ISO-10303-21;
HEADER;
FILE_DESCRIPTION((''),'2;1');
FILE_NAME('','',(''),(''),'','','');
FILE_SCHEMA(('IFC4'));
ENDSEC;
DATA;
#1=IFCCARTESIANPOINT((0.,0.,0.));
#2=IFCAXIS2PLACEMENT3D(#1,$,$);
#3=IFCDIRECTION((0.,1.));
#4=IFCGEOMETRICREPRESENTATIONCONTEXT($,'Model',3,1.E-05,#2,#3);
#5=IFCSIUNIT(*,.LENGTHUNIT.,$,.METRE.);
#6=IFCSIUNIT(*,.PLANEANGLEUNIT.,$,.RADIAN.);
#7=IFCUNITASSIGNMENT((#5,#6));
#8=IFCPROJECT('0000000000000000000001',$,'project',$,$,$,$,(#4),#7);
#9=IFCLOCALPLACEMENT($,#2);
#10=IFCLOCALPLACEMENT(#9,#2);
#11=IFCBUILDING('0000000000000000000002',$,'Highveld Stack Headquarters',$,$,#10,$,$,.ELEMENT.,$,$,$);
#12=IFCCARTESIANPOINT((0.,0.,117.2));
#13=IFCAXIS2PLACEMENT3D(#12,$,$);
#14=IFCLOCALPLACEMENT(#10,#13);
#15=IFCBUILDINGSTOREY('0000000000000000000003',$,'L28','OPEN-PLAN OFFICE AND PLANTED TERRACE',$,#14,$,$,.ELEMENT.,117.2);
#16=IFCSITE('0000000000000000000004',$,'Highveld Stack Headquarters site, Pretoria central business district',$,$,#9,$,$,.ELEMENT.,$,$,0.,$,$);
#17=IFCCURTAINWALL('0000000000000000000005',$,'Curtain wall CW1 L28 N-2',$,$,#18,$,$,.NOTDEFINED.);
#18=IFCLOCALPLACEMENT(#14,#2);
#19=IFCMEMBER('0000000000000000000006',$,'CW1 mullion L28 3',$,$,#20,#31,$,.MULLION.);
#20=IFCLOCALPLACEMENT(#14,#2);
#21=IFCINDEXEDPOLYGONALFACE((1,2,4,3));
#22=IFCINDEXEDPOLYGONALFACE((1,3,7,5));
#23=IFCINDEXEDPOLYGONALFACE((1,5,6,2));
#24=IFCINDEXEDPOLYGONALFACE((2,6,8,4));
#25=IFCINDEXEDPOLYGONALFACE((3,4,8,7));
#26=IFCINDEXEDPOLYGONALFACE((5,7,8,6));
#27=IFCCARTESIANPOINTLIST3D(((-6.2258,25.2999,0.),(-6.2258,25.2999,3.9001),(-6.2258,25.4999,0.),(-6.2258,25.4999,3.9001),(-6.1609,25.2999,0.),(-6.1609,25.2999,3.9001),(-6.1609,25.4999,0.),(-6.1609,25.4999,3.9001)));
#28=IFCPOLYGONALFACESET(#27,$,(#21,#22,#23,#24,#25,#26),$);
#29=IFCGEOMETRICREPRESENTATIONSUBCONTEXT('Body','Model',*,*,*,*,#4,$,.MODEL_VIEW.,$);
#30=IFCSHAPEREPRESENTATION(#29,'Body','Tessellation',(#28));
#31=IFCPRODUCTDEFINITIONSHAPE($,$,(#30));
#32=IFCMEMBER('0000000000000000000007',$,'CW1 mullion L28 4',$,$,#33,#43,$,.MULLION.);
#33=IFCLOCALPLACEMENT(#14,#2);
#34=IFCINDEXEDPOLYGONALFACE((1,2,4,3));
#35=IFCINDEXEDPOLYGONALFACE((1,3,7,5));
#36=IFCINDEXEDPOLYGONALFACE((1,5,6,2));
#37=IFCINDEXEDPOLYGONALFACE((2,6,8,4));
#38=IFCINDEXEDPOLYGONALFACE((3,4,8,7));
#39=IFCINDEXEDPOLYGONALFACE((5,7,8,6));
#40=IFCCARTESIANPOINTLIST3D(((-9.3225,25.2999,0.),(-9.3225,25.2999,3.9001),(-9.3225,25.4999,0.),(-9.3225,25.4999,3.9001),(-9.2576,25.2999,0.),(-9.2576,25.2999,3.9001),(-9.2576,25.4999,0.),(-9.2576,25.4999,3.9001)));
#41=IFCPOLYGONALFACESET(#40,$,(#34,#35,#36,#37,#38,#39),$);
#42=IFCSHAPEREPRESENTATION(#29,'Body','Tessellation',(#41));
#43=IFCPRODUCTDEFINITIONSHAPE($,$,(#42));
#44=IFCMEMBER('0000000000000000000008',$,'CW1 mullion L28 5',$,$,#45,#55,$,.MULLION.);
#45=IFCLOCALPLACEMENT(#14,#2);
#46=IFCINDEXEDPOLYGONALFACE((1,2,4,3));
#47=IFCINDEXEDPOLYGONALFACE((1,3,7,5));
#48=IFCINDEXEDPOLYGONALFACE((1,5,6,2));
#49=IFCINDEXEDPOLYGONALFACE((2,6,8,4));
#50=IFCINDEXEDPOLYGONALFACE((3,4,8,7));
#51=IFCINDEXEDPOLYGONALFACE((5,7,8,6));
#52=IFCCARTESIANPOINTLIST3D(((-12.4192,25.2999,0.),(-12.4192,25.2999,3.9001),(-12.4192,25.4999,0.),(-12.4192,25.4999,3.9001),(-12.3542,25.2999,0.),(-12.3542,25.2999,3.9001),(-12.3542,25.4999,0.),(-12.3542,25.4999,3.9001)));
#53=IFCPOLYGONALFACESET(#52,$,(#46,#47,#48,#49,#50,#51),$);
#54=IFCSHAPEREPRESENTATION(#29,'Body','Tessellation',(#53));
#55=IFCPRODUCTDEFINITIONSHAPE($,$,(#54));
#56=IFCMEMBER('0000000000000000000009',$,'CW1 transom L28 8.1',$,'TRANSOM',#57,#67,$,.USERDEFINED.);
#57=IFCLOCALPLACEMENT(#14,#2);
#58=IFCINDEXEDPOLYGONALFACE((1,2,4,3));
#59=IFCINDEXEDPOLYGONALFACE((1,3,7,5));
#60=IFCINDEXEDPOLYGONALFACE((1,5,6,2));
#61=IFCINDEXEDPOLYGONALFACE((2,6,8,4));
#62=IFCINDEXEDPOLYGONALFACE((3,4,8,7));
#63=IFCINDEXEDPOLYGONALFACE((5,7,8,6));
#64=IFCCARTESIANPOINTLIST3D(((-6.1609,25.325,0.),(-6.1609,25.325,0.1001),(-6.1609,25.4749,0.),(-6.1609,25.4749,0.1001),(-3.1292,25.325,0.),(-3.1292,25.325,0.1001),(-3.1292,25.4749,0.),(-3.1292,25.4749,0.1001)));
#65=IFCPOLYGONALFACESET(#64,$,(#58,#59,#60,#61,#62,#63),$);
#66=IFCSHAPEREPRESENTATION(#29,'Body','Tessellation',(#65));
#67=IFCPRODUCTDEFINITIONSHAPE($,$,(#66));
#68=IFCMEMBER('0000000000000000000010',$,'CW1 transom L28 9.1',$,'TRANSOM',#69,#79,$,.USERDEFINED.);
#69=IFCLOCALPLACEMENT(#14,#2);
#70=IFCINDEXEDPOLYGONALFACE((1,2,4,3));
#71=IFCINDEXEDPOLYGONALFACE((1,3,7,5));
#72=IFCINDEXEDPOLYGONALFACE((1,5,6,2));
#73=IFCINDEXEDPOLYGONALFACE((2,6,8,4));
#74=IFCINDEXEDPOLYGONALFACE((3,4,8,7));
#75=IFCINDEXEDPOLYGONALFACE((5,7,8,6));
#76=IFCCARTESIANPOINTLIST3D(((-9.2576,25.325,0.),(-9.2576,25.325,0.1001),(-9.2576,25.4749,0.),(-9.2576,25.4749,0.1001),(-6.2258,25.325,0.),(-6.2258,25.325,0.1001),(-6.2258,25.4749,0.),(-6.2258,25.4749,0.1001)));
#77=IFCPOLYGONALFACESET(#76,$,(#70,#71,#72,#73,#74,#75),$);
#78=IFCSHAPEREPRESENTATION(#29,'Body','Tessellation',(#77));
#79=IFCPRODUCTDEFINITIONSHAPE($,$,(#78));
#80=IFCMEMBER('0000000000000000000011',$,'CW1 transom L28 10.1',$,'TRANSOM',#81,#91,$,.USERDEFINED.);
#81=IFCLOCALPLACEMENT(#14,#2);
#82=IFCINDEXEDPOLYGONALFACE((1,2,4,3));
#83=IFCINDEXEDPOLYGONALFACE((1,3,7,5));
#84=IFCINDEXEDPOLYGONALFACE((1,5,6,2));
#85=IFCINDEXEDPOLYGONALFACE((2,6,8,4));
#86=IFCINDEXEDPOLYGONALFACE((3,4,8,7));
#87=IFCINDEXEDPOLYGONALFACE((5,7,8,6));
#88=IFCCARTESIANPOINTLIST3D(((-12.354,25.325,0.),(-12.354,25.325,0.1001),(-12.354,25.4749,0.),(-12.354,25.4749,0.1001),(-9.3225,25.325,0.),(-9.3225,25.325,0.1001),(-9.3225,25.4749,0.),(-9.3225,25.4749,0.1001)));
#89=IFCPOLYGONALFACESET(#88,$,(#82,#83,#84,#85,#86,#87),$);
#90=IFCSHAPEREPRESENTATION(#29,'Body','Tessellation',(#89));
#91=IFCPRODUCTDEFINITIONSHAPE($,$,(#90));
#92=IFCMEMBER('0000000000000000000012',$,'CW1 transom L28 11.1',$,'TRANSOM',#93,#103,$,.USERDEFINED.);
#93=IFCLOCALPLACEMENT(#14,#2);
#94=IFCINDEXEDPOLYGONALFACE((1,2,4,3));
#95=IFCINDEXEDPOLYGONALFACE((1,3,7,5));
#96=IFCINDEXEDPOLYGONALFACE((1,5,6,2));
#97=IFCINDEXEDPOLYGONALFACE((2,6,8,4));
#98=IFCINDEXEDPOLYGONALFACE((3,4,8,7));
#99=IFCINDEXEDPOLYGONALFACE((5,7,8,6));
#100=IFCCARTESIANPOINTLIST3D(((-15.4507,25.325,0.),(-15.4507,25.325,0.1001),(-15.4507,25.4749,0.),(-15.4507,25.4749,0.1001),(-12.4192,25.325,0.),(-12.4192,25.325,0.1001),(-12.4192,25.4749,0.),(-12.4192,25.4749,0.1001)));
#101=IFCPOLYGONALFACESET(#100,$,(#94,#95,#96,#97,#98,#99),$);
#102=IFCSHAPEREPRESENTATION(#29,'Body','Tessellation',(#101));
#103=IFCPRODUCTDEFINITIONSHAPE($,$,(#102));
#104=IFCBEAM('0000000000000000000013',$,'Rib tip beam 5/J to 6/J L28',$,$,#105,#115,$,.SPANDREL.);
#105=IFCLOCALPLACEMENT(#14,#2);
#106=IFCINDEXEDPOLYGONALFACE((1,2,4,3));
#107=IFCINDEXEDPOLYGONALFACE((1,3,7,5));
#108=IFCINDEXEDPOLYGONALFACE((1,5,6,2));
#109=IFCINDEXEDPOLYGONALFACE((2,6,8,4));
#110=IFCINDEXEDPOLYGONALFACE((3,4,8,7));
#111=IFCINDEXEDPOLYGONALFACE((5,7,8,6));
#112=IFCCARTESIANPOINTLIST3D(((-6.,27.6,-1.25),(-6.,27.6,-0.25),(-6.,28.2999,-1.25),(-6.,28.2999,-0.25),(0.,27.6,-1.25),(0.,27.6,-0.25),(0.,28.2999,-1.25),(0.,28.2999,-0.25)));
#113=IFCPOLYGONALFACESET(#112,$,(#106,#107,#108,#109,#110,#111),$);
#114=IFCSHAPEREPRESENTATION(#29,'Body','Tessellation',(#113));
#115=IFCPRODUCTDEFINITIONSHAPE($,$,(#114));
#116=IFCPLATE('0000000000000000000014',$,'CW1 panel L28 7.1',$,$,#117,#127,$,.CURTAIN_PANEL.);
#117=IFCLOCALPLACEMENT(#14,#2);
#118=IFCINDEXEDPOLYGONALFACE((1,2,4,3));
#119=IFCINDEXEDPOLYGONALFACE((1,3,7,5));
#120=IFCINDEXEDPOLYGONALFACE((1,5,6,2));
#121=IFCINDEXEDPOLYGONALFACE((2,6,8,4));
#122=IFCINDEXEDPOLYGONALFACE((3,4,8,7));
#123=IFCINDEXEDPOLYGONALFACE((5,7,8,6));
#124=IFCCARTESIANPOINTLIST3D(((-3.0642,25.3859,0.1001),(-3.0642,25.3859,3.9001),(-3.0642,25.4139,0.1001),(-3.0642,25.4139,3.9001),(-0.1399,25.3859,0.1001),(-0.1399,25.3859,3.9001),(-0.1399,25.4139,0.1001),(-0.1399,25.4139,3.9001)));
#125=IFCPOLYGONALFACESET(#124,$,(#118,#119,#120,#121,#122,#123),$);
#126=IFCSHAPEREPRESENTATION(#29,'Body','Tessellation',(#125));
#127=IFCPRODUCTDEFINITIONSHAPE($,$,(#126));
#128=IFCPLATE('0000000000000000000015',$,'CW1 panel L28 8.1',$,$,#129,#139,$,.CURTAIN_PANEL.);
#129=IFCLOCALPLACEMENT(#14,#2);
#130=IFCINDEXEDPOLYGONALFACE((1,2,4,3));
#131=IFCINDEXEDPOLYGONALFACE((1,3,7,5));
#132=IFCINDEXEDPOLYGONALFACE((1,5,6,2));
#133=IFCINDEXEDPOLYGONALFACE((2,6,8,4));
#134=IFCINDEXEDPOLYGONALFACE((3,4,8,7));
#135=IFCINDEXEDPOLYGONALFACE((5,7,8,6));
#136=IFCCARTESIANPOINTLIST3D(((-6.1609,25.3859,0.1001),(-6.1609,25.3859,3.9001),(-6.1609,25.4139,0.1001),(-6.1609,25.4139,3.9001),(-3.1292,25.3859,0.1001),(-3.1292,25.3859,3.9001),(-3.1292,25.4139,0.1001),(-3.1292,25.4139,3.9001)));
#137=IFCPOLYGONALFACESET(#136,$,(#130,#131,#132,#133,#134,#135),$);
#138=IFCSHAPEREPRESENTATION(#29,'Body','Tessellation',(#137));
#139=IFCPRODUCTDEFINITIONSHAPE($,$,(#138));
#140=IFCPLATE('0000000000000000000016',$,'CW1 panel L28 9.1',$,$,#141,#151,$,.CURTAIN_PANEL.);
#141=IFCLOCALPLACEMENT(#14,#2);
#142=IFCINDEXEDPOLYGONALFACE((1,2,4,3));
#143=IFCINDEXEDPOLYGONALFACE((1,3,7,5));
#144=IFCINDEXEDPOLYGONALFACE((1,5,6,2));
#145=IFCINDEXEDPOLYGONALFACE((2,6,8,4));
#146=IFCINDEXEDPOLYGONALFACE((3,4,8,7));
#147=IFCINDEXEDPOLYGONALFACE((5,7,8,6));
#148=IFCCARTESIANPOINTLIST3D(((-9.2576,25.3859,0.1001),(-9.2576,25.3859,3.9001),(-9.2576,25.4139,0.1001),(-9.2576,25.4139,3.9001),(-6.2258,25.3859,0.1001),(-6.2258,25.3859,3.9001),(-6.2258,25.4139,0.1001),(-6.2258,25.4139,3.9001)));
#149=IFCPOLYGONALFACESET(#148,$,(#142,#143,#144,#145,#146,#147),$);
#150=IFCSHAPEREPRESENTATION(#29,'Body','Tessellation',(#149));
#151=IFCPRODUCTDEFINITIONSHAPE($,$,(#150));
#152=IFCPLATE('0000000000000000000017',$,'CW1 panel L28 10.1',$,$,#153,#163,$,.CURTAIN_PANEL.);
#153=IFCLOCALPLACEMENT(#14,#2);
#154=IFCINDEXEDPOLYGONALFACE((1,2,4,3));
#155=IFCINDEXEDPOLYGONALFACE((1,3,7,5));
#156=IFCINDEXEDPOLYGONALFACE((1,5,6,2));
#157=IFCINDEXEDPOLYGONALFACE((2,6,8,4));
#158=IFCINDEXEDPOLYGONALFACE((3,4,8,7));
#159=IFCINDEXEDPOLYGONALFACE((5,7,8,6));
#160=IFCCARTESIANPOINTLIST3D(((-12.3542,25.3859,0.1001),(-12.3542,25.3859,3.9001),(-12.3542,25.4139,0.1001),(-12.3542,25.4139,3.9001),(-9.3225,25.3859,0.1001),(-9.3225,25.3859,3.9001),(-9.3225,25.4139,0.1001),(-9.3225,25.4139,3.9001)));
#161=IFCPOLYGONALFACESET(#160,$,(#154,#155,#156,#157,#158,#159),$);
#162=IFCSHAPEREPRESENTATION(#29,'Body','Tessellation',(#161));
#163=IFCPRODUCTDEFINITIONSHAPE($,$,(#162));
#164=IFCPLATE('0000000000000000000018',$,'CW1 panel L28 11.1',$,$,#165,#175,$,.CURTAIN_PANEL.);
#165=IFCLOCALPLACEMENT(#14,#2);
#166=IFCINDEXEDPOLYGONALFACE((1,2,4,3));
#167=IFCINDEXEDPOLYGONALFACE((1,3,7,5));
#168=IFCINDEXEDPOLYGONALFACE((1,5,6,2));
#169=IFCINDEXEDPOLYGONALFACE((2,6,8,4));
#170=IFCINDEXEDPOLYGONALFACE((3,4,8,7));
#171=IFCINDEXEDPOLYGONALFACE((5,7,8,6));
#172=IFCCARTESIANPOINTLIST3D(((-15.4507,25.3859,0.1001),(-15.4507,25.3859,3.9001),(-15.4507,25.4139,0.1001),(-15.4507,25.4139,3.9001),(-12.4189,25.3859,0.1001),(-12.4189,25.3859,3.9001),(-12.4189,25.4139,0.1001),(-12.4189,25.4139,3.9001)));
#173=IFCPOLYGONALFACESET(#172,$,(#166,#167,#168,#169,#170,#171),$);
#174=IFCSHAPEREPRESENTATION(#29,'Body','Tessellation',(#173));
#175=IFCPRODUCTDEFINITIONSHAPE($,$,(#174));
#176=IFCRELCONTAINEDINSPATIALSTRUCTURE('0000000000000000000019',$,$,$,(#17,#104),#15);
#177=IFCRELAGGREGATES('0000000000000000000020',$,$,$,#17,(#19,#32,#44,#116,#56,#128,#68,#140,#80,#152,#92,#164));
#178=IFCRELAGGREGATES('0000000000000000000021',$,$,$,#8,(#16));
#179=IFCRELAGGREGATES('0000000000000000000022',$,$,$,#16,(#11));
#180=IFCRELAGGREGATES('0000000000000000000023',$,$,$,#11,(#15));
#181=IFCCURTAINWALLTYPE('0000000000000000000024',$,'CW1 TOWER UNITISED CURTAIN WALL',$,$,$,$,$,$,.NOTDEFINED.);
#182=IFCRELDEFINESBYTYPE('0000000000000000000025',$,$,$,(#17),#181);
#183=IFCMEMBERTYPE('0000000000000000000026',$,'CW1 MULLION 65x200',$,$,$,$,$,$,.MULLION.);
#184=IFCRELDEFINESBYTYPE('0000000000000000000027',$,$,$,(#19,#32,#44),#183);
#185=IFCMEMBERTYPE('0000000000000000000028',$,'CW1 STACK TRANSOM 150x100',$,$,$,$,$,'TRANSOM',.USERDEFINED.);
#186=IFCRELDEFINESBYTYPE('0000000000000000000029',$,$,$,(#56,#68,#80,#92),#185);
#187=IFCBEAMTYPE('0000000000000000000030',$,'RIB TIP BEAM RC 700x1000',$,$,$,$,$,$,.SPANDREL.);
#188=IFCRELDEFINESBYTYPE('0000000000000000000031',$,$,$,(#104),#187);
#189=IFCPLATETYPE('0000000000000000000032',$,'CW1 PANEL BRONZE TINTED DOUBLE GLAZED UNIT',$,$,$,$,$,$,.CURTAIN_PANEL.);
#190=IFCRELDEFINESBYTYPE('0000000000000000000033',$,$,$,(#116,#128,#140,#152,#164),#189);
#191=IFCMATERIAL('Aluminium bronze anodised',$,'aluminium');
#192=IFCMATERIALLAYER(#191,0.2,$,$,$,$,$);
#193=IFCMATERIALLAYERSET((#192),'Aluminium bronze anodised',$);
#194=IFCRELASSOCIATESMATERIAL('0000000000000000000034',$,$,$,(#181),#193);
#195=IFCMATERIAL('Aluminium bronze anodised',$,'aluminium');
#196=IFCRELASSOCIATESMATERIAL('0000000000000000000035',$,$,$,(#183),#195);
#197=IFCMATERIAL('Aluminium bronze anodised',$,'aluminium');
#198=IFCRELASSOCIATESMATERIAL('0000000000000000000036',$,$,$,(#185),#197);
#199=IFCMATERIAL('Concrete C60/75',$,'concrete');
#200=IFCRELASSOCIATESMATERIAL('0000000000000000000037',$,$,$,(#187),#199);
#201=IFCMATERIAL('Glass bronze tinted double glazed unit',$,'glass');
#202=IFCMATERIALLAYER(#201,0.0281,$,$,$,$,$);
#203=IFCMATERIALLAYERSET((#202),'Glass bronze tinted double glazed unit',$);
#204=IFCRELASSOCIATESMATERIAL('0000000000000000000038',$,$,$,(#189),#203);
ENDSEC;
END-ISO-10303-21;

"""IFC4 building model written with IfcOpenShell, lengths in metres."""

from ifc_helpers import new_model, si_unit, direction, frame, origin, origin_2d, place, context, subcontext, project, spatial, rectangle, extrude, material, layer, layer_set, material_profile, profile_set, type_object, element, aggregate, save


model = new_model("IFC4")

# Units and contexts
model_context = context("Model", 3, precision=1e-05, world=origin(), true_north=direction((0.0, 1.0)))
body_context = subcontext(model_context, "Body", "Model", "MODEL_VIEW")
ifc_project = project(units=[si_unit("LENGTHUNIT", "METRE"), si_unit("PLANEANGLEUNIT", "RADIAN")], contexts=[model_context])

# Site, building, storey
site_placement = place(None, origin())
site = spatial("IfcSite", under=ifc_project, at=site_placement, Name="Highveld Stack Headquarters site, Pretoria central business district", CompositionType="ELEMENT", RefElevation=0.0)
building_placement = place(site_placement, origin())
building = spatial("IfcBuilding", under=site, at=building_placement, Name="Highveld Stack Headquarters", CompositionType="ELEMENT")
storey_placement = place(building_placement, frame((0.0, 0.0, 117.2)))
storey = spatial("IfcBuildingStorey", under=building, at=storey_placement, Name="L28", Description="OPEN-PLAN OFFICE AND PLANTED TERRACE", CompositionType="ELEMENT", Elevation=117.2)

# Curtain wall, members
ifc_material_1 = material(Name="Aluminium bronze anodised", Category="aluminium")
ifc_layer_1 = layer(ifc_material_1, 0.2)
ifc_layer_set_1 = layer_set([ifc_layer_1], Name="Aluminium bronze anodised")
curtain_wall_type = type_object("IfcCurtainWallType", Name="CW1 TOWER UNITISED CURTAIN WALL", PredefinedType="NOTDEFINED", material=ifc_layer_set_1)
curtain_wall_placement = place(storey_placement, origin())
curtain_wall = element("IfcCurtainWall", 1, at=curtain_wall_placement, inside=storey, type_object=curtain_wall_type, Name="Curtain wall CW1 L28 N-2", PredefinedType="NOTDEFINED")
ifc_material_2 = material(Name="Aluminium bronze anodised", Category="aluminium")
ifc_material_profile_1 = material_profile(ifc_material_2, rectangle(XDim=0.2, YDim=0.0649, at=origin_2d()), Name="CW1 MULLION 65x200")
ifc_profile_set_1 = profile_set([ifc_material_profile_1], Name="Aluminium bronze anodised")
member_type_1 = type_object("IfcMemberType", Name="CW1 MULLION 65x200", PredefinedType="MULLION", material=ifc_profile_set_1)
member_1_placement = place(storey_placement, frame((-6.1934, 25.3999, 0.0), z_axis=(0.0, 0.0, 1.0), x_axis=(0.0, -1.0, 0.0)))
member_1 = element("IfcMember", 2, at=member_1_placement, type_object=member_type_1, Name="CW1 mullion L28 3", PredefinedType="MULLION", context=body_context, shape_type="SweptSolid", body=[
    extrude(rectangle(XDim=0.2, YDim=0.0649, at=origin_2d()), origin(), (0.0, 0.0, 1.0), 3.9001),
])
member_2_placement = place(storey_placement, frame((-9.29, 25.3999, 0.0), z_axis=(0.0, 0.0, 1.0), x_axis=(0.0, -1.0, 0.0)))
member_2 = element("IfcMember", 3, at=member_2_placement, type_object=member_type_1, Name="CW1 mullion L28 4", PredefinedType="MULLION", context=body_context, shape_type="SweptSolid", body=[
    extrude(rectangle(XDim=0.2, YDim=0.0649, at=origin_2d()), origin(), (0.0, 0.0, 1.0), 3.9001),
])
member_3_placement = place(storey_placement, frame((-12.3867, 25.3999, 0.0), z_axis=(0.0, 0.0, 1.0), x_axis=(0.0, -1.0, 0.0)))
member_3 = element("IfcMember", 4, at=member_3_placement, type_object=member_type_1, Name="CW1 mullion L28 5", PredefinedType="MULLION", context=body_context, shape_type="SweptSolid", body=[
    extrude(rectangle(XDim=0.2, YDim=0.0649, at=origin_2d()), origin(), (0.0, 0.0, 1.0), 3.9001),
])
ifc_material_3 = material(Name="Aluminium bronze anodised", Category="aluminium")
ifc_material_profile_2 = material_profile(ifc_material_3, rectangle(XDim=0.1499, YDim=0.1001, at=origin_2d()), Name="CW1 TRANSOM 150x100")
ifc_profile_set_2 = profile_set([ifc_material_profile_2], Name="Aluminium bronze anodised")
member_type_2 = type_object("IfcMemberType", Name="CW1 STACK TRANSOM 150x100", ElementType="TRANSOM", PredefinedType="USERDEFINED", material=ifc_profile_set_2)
member_4_placement = place(storey_placement, frame((-3.1292, 25.3999, 0.05), z_axis=(-1.0, 0.0, 0.0), x_axis=(0.0, -1.0, 0.0)))
member_4 = element("IfcMember", 5, at=member_4_placement, type_object=member_type_2, Name="CW1 transom L28 8.1", ObjectType="TRANSOM", PredefinedType="USERDEFINED", context=body_context, shape_type="SweptSolid", body=[
    extrude(rectangle(XDim=0.1499, YDim=0.1001, at=origin_2d()), origin(), (0.0, 0.0, 1.0), 3.0317),
])
member_5_placement = place(storey_placement, frame((-6.2258, 25.3999, 0.05), z_axis=(-1.0, 0.0, 0.0), x_axis=(0.0, -1.0, 0.0)))
member_5 = element("IfcMember", 6, at=member_5_placement, type_object=member_type_2, Name="CW1 transom L28 9.1", ObjectType="TRANSOM", PredefinedType="USERDEFINED", context=body_context, shape_type="SweptSolid", body=[
    extrude(rectangle(XDim=0.1499, YDim=0.1001, at=origin_2d()), origin(), (0.0, 0.0, 1.0), 3.0317),
])
member_6_placement = place(storey_placement, frame((-9.3225, 25.3999, 0.05), z_axis=(-1.0, 0.0, 0.0), x_axis=(0.0, -1.0, 0.0)))
member_6 = element("IfcMember", 7, at=member_6_placement, type_object=member_type_2, Name="CW1 transom L28 10.1", ObjectType="TRANSOM", PredefinedType="USERDEFINED", context=body_context, shape_type="SweptSolid", body=[
    extrude(rectangle(XDim=0.1499, YDim=0.1001, at=origin_2d()), origin(), (0.0, 0.0, 1.0), 3.0315),
])
member_7_placement = place(storey_placement, frame((-12.4192, 25.3999, 0.05), z_axis=(-1.0, 0.0, 0.0), x_axis=(0.0, -1.0, 0.0)))
member_7 = element("IfcMember", 8, at=member_7_placement, type_object=member_type_2, Name="CW1 transom L28 11.1", ObjectType="TRANSOM", PredefinedType="USERDEFINED", context=body_context, shape_type="SweptSolid", body=[
    extrude(rectangle(XDim=0.1499, YDim=0.1001, at=origin_2d()), origin(), (0.0, 0.0, 1.0), 3.0315),
])

# Beam
ifc_material_4 = material(Name="Concrete C60/75", Category="concrete")
ifc_material_profile_3 = material_profile(ifc_material_4, rectangle(XDim=0.7, YDim=1.0, at=origin_2d()), Name="RC 700x1000")
ifc_profile_set_3 = profile_set([ifc_material_profile_3], Name="Concrete C60/75")
beam_type_1 = type_object("IfcBeamType", Name="RIB TIP BEAM RC 700x1000", PredefinedType="SPANDREL", material=ifc_profile_set_3)
beam_1_placement = place(storey_placement, frame((-6.0, 27.95, -0.75), z_axis=(1.0, 0.0, 0.0), x_axis=(0.0, 1.0, 0.0)))
element("IfcBeam", 9, at=beam_1_placement, inside=storey, type_object=beam_type_1, Name="Rib tip beam 5/J to 6/J L28", PredefinedType="SPANDREL", context=body_context, shape_type="SweptSolid", body=[
    extrude(rectangle(XDim=0.7, YDim=1.0, at=origin_2d()), origin(), (0.0, 0.0, 1.0), 6.0),
])

# Plates
ifc_material_5 = material(Name="Glass bronze tinted double glazed unit", Category="glass")
ifc_layer_2 = layer(ifc_material_5, 0.0281)
ifc_layer_set_2 = layer_set([ifc_layer_2], Name="Glass bronze tinted double glazed unit")
plate_type = type_object("IfcPlateType", Name="CW1 PANEL BRONZE TINTED DOUBLE GLAZED UNIT", PredefinedType="CURTAIN_PANEL", material=ifc_layer_set_2)
plate_1_placement = place(storey_placement, frame((-1.6021, 25.3999, 0.1001), z_axis=(0.0, 0.0, 1.0), x_axis=(-1.0, 0.0, 0.0)))
plate_1 = element("IfcPlate", 10, at=plate_1_placement, type_object=plate_type, Name="CW1 panel L28 7.1", PredefinedType="CURTAIN_PANEL", context=body_context, shape_type="SweptSolid", body=[
    extrude(rectangle(XDim=2.9243, YDim=0.0281, at=origin_2d()), origin(), (0.0, 0.0, 1.0), 3.8),
])
plate_2_placement = place(storey_placement, frame((-4.645, 25.3999, 0.1001), z_axis=(0.0, 0.0, 1.0), x_axis=(-1.0, 0.0, 0.0)))
plate_2 = element("IfcPlate", 11, at=plate_2_placement, type_object=plate_type, Name="CW1 panel L28 8.1", PredefinedType="CURTAIN_PANEL", context=body_context, shape_type="SweptSolid", body=[
    extrude(rectangle(XDim=3.0317, YDim=0.0281, at=origin_2d()), origin(), (0.0, 0.0, 1.0), 3.8),
])
plate_3_placement = place(storey_placement, frame((-7.7417, 25.3999, 0.1001), z_axis=(0.0, 0.0, 1.0), x_axis=(-1.0, 0.0, 0.0)))
plate_3 = element("IfcPlate", 12, at=plate_3_placement, type_object=plate_type, Name="CW1 panel L28 9.1", PredefinedType="CURTAIN_PANEL", context=body_context, shape_type="SweptSolid", body=[
    extrude(rectangle(XDim=3.0317, YDim=0.0281, at=origin_2d()), origin(), (0.0, 0.0, 1.0), 3.8),
])
plate_4_placement = place(storey_placement, frame((-10.8384, 25.3999, 0.1001), z_axis=(0.0, 0.0, 1.0), x_axis=(-1.0, 0.0, 0.0)))
plate_4 = element("IfcPlate", 13, at=plate_4_placement, type_object=plate_type, Name="CW1 panel L28 10.1", PredefinedType="CURTAIN_PANEL", context=body_context, shape_type="SweptSolid", body=[
    extrude(rectangle(XDim=3.0317, YDim=0.0281, at=origin_2d()), origin(), (0.0, 0.0, 1.0), 3.8),
])
plate_5_placement = place(storey_placement, frame((-13.9348, 25.3999, 0.1001), z_axis=(0.0, 0.0, 1.0), x_axis=(-1.0, 0.0, 0.0)))
plate_5 = element("IfcPlate", 14, at=plate_5_placement, type_object=plate_type, Name="CW1 panel L28 11.1", PredefinedType="CURTAIN_PANEL", context=body_context, shape_type="SweptSolid", body=[
    extrude(rectangle(XDim=3.0317, YDim=0.0281, at=origin_2d()), origin(), (0.0, 0.0, 1.0), 3.8),
])
aggregate(curtain_wall, [member_1, member_2, member_3, plate_1, member_4, plate_2, member_5, plate_3, member_6, plate_4, member_7, plate_5])

save(model, "model.ifc")
